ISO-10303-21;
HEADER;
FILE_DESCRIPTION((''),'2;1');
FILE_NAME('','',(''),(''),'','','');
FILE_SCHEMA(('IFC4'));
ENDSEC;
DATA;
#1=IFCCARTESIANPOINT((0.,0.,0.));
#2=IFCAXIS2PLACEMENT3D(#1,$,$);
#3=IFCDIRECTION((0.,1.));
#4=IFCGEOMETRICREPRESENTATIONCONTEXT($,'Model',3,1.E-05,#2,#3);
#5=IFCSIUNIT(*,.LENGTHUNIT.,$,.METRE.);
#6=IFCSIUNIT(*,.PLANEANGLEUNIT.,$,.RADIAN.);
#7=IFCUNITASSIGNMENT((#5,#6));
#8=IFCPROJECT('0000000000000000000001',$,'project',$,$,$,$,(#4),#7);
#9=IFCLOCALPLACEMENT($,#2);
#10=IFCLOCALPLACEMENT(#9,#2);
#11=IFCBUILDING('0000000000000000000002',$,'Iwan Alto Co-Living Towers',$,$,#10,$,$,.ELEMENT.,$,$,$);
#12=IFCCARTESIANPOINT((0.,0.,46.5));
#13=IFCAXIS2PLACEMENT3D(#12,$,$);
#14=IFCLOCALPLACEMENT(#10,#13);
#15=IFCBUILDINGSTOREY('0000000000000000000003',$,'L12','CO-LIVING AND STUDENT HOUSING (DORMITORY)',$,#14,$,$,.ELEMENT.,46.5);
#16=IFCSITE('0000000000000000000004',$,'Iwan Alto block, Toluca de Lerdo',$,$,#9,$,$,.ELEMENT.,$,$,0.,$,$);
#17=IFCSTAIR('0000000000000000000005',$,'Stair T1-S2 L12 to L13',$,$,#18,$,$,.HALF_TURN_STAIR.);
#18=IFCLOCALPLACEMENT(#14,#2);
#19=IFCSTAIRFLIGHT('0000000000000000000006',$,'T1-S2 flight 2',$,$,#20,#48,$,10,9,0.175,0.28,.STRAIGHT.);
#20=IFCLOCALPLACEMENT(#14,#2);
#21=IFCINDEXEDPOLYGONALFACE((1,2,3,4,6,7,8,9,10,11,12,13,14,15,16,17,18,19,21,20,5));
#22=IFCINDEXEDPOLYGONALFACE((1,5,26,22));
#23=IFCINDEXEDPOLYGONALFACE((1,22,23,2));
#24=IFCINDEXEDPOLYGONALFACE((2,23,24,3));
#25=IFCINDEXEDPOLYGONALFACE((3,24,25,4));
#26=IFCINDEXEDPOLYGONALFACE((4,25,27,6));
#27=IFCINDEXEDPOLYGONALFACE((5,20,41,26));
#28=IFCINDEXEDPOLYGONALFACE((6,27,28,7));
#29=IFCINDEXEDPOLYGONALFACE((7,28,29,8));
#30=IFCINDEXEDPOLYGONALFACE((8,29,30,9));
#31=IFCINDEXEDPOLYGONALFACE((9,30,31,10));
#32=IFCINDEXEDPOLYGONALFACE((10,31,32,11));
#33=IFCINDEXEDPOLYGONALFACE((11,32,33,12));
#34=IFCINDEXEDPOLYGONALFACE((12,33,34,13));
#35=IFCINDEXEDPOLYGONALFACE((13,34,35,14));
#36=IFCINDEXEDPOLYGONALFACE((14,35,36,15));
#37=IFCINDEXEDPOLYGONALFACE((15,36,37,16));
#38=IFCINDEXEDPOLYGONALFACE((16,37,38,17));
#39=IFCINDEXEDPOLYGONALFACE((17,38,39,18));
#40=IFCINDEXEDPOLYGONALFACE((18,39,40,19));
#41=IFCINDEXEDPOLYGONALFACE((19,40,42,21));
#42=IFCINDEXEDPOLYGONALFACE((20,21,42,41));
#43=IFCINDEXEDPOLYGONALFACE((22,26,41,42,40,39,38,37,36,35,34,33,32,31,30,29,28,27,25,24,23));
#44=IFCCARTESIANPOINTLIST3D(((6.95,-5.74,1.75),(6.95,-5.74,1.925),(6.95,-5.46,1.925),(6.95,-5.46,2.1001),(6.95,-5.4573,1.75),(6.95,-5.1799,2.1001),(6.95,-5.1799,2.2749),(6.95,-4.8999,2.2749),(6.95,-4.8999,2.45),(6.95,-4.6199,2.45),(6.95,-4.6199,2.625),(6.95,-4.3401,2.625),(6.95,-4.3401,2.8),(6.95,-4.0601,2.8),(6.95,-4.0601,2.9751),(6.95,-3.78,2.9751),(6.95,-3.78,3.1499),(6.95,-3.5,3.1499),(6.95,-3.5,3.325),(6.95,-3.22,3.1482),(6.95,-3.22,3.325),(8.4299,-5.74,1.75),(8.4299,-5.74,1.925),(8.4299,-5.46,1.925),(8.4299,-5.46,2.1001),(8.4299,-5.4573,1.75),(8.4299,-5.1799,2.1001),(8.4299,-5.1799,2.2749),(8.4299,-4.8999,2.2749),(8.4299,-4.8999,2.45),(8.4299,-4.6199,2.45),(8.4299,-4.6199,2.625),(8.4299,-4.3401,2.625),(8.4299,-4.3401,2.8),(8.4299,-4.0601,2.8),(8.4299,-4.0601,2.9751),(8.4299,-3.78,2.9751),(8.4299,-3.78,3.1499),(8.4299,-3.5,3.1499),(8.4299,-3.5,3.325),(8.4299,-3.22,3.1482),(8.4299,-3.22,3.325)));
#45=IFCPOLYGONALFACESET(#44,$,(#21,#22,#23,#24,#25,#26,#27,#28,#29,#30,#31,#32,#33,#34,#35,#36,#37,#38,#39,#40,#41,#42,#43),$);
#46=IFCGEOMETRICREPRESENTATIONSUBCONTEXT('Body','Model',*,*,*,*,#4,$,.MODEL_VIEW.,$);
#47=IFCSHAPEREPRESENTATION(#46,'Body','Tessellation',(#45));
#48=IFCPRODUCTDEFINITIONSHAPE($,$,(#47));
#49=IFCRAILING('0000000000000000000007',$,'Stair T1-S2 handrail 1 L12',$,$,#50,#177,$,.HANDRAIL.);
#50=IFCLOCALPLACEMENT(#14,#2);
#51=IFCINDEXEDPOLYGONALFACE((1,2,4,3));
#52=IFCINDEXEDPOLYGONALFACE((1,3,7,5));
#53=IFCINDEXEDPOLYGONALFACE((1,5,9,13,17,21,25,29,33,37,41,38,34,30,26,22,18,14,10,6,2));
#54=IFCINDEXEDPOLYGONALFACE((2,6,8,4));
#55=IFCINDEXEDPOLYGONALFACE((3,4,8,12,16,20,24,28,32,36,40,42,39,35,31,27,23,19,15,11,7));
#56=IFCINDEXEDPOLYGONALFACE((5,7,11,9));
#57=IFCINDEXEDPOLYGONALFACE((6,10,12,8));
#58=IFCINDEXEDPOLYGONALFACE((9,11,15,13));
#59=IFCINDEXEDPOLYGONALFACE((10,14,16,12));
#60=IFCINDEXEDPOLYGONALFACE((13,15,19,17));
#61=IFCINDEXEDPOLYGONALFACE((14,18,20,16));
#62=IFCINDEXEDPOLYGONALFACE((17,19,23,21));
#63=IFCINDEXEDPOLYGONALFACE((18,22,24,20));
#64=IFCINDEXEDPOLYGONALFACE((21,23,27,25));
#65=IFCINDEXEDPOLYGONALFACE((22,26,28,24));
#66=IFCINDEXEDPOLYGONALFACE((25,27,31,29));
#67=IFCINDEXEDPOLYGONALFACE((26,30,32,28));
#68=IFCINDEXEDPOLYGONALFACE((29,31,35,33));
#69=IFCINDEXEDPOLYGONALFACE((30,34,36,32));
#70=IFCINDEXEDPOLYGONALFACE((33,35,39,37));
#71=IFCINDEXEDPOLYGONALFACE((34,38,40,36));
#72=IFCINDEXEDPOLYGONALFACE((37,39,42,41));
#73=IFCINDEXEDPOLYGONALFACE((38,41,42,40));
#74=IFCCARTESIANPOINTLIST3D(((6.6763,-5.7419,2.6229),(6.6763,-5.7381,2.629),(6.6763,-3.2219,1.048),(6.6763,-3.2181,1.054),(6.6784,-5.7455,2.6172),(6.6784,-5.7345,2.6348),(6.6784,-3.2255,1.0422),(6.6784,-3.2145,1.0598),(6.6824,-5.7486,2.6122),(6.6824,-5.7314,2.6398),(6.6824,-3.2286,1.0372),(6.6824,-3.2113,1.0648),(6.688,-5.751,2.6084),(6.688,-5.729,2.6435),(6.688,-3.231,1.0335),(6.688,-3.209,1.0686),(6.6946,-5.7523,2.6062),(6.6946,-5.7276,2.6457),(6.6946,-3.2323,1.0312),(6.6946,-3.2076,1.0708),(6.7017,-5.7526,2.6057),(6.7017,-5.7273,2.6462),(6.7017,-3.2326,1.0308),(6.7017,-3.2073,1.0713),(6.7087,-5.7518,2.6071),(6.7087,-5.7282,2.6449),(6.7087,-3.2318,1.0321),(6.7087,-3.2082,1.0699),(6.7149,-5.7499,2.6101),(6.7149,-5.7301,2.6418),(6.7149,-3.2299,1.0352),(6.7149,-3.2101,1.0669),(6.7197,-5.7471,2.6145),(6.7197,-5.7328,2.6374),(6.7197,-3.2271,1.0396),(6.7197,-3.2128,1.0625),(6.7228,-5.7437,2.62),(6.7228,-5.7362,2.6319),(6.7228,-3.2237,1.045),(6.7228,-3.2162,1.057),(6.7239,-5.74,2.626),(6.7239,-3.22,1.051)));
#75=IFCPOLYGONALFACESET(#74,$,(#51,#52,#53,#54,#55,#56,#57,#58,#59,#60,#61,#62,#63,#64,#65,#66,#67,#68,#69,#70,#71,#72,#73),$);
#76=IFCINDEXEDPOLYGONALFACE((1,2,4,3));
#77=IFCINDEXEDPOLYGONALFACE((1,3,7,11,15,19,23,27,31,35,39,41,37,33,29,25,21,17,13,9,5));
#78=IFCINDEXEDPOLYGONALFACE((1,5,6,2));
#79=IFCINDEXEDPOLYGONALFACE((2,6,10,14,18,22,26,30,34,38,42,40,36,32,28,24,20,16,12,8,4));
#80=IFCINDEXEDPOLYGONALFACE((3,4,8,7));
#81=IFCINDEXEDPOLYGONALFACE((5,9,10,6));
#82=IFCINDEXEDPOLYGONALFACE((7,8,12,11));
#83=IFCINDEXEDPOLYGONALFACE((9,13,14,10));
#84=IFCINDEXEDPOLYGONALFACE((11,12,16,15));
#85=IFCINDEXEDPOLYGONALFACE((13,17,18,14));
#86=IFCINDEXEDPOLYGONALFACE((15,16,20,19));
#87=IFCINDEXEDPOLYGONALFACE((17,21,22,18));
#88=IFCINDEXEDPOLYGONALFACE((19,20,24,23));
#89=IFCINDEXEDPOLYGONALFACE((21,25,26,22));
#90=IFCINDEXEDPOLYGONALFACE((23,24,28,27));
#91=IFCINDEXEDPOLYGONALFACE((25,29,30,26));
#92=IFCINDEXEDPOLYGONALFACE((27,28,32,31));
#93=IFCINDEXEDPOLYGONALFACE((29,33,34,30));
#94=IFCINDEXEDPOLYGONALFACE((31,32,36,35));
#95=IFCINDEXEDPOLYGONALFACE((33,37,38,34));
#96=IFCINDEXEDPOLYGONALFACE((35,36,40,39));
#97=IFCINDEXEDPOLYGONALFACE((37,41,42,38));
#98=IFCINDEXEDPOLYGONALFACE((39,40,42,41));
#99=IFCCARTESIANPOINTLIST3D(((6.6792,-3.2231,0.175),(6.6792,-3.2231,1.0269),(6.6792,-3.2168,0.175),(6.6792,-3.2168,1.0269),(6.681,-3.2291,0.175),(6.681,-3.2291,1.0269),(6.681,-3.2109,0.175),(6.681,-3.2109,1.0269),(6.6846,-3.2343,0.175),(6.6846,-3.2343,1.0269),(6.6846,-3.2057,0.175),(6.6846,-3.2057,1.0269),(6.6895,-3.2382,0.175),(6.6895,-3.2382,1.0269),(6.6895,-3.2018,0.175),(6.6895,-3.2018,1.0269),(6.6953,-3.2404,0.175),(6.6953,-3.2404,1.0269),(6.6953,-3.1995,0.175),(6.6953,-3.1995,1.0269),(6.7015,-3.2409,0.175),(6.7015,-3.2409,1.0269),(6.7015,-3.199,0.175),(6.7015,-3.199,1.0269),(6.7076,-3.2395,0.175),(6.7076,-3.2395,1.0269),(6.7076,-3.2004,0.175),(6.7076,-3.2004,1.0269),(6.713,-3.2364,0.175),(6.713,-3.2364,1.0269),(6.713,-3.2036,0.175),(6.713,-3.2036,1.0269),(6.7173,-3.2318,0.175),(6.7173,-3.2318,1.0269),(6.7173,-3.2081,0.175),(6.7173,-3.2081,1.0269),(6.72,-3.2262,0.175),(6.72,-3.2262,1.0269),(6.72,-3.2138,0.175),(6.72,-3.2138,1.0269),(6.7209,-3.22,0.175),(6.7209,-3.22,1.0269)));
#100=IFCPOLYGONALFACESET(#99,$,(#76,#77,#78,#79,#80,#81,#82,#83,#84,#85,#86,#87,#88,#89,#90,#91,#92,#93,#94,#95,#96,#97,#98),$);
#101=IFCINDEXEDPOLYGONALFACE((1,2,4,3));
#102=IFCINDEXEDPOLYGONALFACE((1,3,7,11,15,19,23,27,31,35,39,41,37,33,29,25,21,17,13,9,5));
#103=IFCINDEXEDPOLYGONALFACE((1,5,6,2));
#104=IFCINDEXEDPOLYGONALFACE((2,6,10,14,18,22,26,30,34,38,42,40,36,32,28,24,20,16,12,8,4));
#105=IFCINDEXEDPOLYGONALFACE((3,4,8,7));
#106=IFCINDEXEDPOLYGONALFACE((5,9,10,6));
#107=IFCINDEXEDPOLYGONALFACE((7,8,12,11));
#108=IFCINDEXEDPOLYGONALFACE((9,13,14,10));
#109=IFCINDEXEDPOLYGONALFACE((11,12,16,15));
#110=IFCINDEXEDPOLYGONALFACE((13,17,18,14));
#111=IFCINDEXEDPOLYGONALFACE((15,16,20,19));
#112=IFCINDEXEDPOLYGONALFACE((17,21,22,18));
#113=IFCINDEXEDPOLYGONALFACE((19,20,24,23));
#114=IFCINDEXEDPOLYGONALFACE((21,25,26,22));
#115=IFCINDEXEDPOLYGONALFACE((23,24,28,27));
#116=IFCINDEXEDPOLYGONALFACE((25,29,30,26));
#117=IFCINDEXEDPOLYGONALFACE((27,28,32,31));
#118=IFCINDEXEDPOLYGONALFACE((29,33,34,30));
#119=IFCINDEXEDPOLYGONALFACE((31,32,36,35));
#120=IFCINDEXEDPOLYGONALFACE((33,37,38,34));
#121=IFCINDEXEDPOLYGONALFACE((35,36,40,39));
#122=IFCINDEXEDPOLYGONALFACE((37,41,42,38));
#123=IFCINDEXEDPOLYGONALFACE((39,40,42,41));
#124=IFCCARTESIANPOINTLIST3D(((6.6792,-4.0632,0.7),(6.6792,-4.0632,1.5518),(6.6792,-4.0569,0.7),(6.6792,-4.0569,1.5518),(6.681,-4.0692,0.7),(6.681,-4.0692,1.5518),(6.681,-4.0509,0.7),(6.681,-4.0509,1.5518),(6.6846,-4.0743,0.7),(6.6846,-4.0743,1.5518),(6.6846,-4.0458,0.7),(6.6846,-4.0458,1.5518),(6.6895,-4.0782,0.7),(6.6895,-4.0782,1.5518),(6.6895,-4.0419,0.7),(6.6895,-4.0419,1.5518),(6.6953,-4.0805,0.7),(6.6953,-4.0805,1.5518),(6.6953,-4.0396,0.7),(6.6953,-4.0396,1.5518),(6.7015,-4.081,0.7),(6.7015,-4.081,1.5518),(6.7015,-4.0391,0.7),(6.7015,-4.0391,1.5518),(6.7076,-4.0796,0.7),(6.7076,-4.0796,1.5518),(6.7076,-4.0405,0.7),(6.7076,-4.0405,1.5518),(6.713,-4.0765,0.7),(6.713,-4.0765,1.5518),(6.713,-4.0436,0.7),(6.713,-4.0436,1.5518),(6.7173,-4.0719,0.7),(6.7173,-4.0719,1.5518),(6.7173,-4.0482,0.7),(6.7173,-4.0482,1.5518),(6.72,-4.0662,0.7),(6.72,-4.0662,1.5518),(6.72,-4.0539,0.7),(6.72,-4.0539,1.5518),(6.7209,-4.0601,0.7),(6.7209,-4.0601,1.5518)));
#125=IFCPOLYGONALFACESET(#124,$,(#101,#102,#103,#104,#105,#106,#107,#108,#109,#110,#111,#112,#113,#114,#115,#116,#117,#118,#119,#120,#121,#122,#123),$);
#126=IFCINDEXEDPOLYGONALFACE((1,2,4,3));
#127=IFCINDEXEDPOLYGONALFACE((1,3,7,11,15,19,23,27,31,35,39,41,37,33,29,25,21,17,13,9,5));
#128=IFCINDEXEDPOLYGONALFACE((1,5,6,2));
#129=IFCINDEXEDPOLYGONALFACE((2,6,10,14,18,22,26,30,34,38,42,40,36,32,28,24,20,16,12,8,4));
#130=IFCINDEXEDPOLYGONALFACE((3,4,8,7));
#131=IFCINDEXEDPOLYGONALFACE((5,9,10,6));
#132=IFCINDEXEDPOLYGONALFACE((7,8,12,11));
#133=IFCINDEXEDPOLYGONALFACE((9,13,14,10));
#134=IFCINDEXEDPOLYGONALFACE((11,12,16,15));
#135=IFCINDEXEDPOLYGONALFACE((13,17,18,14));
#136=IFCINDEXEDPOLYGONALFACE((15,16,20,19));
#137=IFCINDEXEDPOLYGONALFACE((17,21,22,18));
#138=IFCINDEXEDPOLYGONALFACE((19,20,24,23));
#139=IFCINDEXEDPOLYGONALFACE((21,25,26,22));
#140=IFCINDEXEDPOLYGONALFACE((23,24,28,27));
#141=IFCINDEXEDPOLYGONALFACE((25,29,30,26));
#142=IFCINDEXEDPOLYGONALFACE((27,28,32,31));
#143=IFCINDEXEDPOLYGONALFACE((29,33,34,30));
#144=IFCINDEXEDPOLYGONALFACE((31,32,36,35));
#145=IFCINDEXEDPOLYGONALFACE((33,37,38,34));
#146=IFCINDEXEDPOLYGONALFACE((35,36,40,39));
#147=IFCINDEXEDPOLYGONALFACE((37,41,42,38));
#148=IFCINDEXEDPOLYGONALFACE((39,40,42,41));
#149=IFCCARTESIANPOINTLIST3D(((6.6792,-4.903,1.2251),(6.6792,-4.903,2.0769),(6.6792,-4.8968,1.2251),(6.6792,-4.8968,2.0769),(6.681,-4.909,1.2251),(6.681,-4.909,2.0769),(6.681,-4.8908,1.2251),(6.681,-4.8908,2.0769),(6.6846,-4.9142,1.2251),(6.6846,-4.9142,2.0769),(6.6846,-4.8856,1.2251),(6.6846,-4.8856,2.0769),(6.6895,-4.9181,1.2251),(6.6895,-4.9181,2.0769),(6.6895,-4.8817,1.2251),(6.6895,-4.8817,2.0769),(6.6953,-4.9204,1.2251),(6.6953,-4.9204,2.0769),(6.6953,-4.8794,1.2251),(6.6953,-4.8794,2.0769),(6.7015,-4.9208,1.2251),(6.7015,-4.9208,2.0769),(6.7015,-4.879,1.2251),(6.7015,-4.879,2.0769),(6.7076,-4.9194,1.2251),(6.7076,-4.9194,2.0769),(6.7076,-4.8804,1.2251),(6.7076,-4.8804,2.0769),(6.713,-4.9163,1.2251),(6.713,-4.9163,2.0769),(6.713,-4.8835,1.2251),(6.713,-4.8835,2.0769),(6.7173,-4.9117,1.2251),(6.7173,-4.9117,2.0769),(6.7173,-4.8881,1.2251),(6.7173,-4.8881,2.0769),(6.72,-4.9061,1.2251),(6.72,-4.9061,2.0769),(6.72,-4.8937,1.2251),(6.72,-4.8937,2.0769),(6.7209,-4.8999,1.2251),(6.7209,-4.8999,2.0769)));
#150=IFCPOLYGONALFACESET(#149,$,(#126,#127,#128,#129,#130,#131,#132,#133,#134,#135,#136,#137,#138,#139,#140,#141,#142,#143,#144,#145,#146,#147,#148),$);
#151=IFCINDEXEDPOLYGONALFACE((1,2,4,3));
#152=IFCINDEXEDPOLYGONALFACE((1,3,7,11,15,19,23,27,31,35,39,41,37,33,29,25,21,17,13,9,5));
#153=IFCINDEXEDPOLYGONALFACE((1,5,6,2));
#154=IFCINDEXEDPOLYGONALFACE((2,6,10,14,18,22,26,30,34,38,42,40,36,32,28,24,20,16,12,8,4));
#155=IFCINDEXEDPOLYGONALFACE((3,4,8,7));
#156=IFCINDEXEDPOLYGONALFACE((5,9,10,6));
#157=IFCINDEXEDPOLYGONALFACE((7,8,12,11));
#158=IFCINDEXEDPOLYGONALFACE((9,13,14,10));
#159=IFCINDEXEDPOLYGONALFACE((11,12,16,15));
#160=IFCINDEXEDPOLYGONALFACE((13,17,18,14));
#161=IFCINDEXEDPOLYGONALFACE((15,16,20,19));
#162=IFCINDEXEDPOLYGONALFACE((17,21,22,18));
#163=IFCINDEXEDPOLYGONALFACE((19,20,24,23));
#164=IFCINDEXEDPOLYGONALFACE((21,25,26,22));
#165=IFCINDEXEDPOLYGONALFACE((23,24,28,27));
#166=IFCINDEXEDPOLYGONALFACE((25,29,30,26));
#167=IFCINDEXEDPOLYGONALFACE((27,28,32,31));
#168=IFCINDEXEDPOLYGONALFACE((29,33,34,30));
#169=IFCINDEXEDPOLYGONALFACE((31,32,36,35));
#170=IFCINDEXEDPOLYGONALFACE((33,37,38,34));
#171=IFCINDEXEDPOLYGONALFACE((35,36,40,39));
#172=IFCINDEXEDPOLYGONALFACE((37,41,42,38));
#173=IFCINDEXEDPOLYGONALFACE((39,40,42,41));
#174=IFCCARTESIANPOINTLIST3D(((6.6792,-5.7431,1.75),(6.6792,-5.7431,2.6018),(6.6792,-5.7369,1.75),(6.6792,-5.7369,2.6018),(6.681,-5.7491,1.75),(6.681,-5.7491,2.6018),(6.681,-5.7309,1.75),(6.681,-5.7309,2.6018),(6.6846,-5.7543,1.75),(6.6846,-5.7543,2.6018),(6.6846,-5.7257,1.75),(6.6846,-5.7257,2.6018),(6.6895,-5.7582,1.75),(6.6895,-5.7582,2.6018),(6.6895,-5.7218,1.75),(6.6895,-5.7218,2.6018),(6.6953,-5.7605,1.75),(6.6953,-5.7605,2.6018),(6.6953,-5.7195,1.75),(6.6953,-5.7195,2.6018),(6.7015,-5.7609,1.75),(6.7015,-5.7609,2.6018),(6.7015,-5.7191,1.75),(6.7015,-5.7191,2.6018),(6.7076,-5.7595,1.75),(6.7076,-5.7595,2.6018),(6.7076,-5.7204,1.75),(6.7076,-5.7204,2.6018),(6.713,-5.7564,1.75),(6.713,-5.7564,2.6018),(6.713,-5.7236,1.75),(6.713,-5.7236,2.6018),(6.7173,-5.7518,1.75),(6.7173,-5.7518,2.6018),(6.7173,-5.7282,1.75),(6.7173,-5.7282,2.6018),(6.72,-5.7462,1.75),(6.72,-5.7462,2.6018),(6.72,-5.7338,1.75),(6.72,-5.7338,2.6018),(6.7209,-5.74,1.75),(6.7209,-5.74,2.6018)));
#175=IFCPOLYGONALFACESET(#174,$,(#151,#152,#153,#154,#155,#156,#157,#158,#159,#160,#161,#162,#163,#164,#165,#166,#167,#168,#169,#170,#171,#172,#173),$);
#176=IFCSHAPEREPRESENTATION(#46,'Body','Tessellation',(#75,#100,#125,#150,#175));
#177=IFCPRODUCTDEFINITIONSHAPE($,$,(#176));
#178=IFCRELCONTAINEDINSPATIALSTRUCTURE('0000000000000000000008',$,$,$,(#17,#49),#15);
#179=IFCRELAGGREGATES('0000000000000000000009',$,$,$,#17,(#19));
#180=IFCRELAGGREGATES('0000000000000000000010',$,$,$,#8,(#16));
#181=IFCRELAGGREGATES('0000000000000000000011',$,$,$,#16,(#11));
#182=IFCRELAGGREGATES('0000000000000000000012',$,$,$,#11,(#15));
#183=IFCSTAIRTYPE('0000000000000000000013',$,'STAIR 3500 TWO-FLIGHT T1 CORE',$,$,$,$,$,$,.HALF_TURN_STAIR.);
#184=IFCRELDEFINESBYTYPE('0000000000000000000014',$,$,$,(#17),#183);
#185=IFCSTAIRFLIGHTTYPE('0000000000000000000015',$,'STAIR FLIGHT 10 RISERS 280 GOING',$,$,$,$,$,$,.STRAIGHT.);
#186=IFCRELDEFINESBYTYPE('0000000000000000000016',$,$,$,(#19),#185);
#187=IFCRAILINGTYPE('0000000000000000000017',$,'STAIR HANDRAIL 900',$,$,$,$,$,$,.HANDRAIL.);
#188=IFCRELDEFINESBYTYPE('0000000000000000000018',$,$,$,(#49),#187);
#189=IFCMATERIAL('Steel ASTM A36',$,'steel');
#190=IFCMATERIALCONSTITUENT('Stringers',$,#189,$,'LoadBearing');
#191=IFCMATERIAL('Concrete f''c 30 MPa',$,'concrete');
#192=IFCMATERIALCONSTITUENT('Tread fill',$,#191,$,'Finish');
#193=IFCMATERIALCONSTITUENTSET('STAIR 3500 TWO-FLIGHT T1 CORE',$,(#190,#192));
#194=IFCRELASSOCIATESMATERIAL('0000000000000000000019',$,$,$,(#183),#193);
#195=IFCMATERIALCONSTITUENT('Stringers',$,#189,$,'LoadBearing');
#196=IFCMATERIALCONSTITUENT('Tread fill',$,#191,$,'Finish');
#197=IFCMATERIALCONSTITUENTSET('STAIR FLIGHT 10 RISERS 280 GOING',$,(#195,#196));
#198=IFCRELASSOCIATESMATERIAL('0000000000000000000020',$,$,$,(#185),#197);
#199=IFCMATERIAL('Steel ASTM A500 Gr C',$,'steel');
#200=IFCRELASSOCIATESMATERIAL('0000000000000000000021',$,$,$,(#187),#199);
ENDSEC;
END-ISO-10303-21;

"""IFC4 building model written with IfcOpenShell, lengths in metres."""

from ifc_helpers import new_model, si_unit, direction, frame, origin, origin_2d, place, context, subcontext, project, spatial, polyline, circle, outline, extrude, material, constituent, constituent_set, type_object, element, aggregate, save


model = new_model("IFC4")

# Units and contexts
model_context = context("Model", 3, precision=1e-05, world=origin(), true_north=direction((0.0, 1.0)))
body_context = subcontext(model_context, "Body", "Model", "MODEL_VIEW")
ifc_project = project(units=[si_unit("LENGTHUNIT", "METRE"), si_unit("PLANEANGLEUNIT", "RADIAN")], contexts=[model_context])

# Site, building, storey
site_placement = place(None, origin())
site = spatial("IfcSite", under=ifc_project, at=site_placement, Name="Iwan Alto block, Toluca de Lerdo", CompositionType="ELEMENT", RefElevation=0.0)
building_placement = place(site_placement, origin())
building = spatial("IfcBuilding", under=site, at=building_placement, Name="Iwan Alto Co-Living Towers", CompositionType="ELEMENT")
storey_placement = place(building_placement, frame((0.0, 0.0, 46.5)))
storey = spatial("IfcBuildingStorey", under=building, at=storey_placement, Name="L12", Description="CO-LIVING AND STUDENT HOUSING (DORMITORY)", CompositionType="ELEMENT", Elevation=46.5)

# Stair, stair flight
ifc_material_1 = material(Name="Steel ASTM A36", Category="steel")
ifc_constituent_1 = constituent(ifc_material_1, Name="Stringers", Category="LoadBearing")
ifc_material_2 = material(Name="Concrete f'c 30 MPa", Category="concrete")
ifc_constituent_2 = constituent(ifc_material_2, Name="Tread fill", Category="Finish")
ifc_constituent_set_1 = constituent_set(constituents=[ifc_constituent_1, ifc_constituent_2], Name="STAIR 3500 TWO-FLIGHT T1 CORE")
stair_type = type_object("IfcStairType", Name="STAIR 3500 TWO-FLIGHT T1 CORE", PredefinedType="HALF_TURN_STAIR", material=ifc_constituent_set_1)
stair_placement = place(storey_placement, origin())
stair = element("IfcStair", 1, at=stair_placement, inside=storey, type_object=stair_type, Name="Stair T1-S2 L12 to L13", PredefinedType="HALF_TURN_STAIR")
ifc_constituent_3 = constituent(ifc_material_1, Name="Stringers", Category="LoadBearing")
ifc_constituent_4 = constituent(ifc_material_2, Name="Tread fill", Category="Finish")
ifc_constituent_set_2 = constituent_set(constituents=[ifc_constituent_3, ifc_constituent_4], Name="STAIR FLIGHT 10 RISERS 280 GOING")
stair_flight_type = type_object("IfcStairFlightType", Name="STAIR FLIGHT 10 RISERS 280 GOING", PredefinedType="STRAIGHT", material=ifc_constituent_set_2)
stair_flight_1_placement = place(storey_placement, frame((7.6899, -5.74, 1.75), z_axis=(0.0, 0.0, 1.0), x_axis=(0.0, 1.0, 0.0)))
stair_flight_1 = element("IfcStairFlight", 2, at=stair_flight_1_placement, type_object=stair_flight_type, Name="T1-S2 flight 2", NumberOfRisers=10, NumberOfTreads=9, PredefinedType="STRAIGHT", RiserHeight=0.175, TreadLength=0.28, context=body_context, shape_type="SweptSolid", body=[
    extrude(outline(polyline([(0.0, 0.0), (0.0, 0.175), (0.28, 0.175), (0.28, 0.3501), (0.5601, 0.3501), (0.5601, 0.5249), (0.8401, 0.5249), (0.8401, 0.7), (1.1201, 0.7), (1.1201, 0.875), (1.3999, 0.875), (1.3999, 1.05), (1.6799, 1.05), (1.6799, 1.2251), (1.96, 1.2251), (1.96, 1.3999), (2.24, 1.3999), (2.24, 1.575), (2.52, 1.575), (2.52, 1.75), (2.52, 1.3982), (0.2827, 0.0), (0.0, 0.0)])), frame((0.0, 0.74, 0.0), z_axis=(0.0, -1.0, 0.0), x_axis=(1.0, 0.0, 0.0)), (0.0, 0.0, 1.0), 1.48),
])
aggregate(stair, [stair_flight_1])

# Railing
ifc_material_3 = material(Name="Steel ASTM A500 Gr C", Category="steel")
railing_type_1 = type_object("IfcRailingType", Name="STAIR HANDRAIL 900", PredefinedType="HANDRAIL", material=ifc_material_3)
railing_1_placement = place(storey_placement, frame((6.7, -3.22, 0.175)))
element("IfcRailing", 3, at=railing_1_placement, inside=storey, type_object=railing_type_1, Name="Stair T1-S2 handrail 1 L12", PredefinedType="HANDRAIL", context=body_context, shape_type="SweptSolid", body=[
    extrude(circle(Radius=0.0239, at=origin_2d()), frame((0.0, 0.0, 0.876), z_axis=(0.0, -0.848008, 0.529984), x_axis=(1.0, 0.0, 0.0)), (0.0, 0.0, 1.0), 2.9717),
    extrude(circle(Radius=0.021, at=origin_2d()), origin(), (0.0, 0.0, 1.0), 0.8518),
    extrude(circle(Radius=0.021, at=origin_2d()), frame((0.0, -0.8401, 0.5249)), (0.0, 0.0, 1.0), 0.8518),
    extrude(circle(Radius=0.021, at=origin_2d()), frame((0.0, -1.6799, 1.05)), (0.0, 0.0, 1.0), 0.8518),
    extrude(circle(Radius=0.021, at=origin_2d()), frame((0.0, -2.52, 1.575)), (0.0, 0.0, 1.0), 0.8518),
])

save(model, "model.ifc")
